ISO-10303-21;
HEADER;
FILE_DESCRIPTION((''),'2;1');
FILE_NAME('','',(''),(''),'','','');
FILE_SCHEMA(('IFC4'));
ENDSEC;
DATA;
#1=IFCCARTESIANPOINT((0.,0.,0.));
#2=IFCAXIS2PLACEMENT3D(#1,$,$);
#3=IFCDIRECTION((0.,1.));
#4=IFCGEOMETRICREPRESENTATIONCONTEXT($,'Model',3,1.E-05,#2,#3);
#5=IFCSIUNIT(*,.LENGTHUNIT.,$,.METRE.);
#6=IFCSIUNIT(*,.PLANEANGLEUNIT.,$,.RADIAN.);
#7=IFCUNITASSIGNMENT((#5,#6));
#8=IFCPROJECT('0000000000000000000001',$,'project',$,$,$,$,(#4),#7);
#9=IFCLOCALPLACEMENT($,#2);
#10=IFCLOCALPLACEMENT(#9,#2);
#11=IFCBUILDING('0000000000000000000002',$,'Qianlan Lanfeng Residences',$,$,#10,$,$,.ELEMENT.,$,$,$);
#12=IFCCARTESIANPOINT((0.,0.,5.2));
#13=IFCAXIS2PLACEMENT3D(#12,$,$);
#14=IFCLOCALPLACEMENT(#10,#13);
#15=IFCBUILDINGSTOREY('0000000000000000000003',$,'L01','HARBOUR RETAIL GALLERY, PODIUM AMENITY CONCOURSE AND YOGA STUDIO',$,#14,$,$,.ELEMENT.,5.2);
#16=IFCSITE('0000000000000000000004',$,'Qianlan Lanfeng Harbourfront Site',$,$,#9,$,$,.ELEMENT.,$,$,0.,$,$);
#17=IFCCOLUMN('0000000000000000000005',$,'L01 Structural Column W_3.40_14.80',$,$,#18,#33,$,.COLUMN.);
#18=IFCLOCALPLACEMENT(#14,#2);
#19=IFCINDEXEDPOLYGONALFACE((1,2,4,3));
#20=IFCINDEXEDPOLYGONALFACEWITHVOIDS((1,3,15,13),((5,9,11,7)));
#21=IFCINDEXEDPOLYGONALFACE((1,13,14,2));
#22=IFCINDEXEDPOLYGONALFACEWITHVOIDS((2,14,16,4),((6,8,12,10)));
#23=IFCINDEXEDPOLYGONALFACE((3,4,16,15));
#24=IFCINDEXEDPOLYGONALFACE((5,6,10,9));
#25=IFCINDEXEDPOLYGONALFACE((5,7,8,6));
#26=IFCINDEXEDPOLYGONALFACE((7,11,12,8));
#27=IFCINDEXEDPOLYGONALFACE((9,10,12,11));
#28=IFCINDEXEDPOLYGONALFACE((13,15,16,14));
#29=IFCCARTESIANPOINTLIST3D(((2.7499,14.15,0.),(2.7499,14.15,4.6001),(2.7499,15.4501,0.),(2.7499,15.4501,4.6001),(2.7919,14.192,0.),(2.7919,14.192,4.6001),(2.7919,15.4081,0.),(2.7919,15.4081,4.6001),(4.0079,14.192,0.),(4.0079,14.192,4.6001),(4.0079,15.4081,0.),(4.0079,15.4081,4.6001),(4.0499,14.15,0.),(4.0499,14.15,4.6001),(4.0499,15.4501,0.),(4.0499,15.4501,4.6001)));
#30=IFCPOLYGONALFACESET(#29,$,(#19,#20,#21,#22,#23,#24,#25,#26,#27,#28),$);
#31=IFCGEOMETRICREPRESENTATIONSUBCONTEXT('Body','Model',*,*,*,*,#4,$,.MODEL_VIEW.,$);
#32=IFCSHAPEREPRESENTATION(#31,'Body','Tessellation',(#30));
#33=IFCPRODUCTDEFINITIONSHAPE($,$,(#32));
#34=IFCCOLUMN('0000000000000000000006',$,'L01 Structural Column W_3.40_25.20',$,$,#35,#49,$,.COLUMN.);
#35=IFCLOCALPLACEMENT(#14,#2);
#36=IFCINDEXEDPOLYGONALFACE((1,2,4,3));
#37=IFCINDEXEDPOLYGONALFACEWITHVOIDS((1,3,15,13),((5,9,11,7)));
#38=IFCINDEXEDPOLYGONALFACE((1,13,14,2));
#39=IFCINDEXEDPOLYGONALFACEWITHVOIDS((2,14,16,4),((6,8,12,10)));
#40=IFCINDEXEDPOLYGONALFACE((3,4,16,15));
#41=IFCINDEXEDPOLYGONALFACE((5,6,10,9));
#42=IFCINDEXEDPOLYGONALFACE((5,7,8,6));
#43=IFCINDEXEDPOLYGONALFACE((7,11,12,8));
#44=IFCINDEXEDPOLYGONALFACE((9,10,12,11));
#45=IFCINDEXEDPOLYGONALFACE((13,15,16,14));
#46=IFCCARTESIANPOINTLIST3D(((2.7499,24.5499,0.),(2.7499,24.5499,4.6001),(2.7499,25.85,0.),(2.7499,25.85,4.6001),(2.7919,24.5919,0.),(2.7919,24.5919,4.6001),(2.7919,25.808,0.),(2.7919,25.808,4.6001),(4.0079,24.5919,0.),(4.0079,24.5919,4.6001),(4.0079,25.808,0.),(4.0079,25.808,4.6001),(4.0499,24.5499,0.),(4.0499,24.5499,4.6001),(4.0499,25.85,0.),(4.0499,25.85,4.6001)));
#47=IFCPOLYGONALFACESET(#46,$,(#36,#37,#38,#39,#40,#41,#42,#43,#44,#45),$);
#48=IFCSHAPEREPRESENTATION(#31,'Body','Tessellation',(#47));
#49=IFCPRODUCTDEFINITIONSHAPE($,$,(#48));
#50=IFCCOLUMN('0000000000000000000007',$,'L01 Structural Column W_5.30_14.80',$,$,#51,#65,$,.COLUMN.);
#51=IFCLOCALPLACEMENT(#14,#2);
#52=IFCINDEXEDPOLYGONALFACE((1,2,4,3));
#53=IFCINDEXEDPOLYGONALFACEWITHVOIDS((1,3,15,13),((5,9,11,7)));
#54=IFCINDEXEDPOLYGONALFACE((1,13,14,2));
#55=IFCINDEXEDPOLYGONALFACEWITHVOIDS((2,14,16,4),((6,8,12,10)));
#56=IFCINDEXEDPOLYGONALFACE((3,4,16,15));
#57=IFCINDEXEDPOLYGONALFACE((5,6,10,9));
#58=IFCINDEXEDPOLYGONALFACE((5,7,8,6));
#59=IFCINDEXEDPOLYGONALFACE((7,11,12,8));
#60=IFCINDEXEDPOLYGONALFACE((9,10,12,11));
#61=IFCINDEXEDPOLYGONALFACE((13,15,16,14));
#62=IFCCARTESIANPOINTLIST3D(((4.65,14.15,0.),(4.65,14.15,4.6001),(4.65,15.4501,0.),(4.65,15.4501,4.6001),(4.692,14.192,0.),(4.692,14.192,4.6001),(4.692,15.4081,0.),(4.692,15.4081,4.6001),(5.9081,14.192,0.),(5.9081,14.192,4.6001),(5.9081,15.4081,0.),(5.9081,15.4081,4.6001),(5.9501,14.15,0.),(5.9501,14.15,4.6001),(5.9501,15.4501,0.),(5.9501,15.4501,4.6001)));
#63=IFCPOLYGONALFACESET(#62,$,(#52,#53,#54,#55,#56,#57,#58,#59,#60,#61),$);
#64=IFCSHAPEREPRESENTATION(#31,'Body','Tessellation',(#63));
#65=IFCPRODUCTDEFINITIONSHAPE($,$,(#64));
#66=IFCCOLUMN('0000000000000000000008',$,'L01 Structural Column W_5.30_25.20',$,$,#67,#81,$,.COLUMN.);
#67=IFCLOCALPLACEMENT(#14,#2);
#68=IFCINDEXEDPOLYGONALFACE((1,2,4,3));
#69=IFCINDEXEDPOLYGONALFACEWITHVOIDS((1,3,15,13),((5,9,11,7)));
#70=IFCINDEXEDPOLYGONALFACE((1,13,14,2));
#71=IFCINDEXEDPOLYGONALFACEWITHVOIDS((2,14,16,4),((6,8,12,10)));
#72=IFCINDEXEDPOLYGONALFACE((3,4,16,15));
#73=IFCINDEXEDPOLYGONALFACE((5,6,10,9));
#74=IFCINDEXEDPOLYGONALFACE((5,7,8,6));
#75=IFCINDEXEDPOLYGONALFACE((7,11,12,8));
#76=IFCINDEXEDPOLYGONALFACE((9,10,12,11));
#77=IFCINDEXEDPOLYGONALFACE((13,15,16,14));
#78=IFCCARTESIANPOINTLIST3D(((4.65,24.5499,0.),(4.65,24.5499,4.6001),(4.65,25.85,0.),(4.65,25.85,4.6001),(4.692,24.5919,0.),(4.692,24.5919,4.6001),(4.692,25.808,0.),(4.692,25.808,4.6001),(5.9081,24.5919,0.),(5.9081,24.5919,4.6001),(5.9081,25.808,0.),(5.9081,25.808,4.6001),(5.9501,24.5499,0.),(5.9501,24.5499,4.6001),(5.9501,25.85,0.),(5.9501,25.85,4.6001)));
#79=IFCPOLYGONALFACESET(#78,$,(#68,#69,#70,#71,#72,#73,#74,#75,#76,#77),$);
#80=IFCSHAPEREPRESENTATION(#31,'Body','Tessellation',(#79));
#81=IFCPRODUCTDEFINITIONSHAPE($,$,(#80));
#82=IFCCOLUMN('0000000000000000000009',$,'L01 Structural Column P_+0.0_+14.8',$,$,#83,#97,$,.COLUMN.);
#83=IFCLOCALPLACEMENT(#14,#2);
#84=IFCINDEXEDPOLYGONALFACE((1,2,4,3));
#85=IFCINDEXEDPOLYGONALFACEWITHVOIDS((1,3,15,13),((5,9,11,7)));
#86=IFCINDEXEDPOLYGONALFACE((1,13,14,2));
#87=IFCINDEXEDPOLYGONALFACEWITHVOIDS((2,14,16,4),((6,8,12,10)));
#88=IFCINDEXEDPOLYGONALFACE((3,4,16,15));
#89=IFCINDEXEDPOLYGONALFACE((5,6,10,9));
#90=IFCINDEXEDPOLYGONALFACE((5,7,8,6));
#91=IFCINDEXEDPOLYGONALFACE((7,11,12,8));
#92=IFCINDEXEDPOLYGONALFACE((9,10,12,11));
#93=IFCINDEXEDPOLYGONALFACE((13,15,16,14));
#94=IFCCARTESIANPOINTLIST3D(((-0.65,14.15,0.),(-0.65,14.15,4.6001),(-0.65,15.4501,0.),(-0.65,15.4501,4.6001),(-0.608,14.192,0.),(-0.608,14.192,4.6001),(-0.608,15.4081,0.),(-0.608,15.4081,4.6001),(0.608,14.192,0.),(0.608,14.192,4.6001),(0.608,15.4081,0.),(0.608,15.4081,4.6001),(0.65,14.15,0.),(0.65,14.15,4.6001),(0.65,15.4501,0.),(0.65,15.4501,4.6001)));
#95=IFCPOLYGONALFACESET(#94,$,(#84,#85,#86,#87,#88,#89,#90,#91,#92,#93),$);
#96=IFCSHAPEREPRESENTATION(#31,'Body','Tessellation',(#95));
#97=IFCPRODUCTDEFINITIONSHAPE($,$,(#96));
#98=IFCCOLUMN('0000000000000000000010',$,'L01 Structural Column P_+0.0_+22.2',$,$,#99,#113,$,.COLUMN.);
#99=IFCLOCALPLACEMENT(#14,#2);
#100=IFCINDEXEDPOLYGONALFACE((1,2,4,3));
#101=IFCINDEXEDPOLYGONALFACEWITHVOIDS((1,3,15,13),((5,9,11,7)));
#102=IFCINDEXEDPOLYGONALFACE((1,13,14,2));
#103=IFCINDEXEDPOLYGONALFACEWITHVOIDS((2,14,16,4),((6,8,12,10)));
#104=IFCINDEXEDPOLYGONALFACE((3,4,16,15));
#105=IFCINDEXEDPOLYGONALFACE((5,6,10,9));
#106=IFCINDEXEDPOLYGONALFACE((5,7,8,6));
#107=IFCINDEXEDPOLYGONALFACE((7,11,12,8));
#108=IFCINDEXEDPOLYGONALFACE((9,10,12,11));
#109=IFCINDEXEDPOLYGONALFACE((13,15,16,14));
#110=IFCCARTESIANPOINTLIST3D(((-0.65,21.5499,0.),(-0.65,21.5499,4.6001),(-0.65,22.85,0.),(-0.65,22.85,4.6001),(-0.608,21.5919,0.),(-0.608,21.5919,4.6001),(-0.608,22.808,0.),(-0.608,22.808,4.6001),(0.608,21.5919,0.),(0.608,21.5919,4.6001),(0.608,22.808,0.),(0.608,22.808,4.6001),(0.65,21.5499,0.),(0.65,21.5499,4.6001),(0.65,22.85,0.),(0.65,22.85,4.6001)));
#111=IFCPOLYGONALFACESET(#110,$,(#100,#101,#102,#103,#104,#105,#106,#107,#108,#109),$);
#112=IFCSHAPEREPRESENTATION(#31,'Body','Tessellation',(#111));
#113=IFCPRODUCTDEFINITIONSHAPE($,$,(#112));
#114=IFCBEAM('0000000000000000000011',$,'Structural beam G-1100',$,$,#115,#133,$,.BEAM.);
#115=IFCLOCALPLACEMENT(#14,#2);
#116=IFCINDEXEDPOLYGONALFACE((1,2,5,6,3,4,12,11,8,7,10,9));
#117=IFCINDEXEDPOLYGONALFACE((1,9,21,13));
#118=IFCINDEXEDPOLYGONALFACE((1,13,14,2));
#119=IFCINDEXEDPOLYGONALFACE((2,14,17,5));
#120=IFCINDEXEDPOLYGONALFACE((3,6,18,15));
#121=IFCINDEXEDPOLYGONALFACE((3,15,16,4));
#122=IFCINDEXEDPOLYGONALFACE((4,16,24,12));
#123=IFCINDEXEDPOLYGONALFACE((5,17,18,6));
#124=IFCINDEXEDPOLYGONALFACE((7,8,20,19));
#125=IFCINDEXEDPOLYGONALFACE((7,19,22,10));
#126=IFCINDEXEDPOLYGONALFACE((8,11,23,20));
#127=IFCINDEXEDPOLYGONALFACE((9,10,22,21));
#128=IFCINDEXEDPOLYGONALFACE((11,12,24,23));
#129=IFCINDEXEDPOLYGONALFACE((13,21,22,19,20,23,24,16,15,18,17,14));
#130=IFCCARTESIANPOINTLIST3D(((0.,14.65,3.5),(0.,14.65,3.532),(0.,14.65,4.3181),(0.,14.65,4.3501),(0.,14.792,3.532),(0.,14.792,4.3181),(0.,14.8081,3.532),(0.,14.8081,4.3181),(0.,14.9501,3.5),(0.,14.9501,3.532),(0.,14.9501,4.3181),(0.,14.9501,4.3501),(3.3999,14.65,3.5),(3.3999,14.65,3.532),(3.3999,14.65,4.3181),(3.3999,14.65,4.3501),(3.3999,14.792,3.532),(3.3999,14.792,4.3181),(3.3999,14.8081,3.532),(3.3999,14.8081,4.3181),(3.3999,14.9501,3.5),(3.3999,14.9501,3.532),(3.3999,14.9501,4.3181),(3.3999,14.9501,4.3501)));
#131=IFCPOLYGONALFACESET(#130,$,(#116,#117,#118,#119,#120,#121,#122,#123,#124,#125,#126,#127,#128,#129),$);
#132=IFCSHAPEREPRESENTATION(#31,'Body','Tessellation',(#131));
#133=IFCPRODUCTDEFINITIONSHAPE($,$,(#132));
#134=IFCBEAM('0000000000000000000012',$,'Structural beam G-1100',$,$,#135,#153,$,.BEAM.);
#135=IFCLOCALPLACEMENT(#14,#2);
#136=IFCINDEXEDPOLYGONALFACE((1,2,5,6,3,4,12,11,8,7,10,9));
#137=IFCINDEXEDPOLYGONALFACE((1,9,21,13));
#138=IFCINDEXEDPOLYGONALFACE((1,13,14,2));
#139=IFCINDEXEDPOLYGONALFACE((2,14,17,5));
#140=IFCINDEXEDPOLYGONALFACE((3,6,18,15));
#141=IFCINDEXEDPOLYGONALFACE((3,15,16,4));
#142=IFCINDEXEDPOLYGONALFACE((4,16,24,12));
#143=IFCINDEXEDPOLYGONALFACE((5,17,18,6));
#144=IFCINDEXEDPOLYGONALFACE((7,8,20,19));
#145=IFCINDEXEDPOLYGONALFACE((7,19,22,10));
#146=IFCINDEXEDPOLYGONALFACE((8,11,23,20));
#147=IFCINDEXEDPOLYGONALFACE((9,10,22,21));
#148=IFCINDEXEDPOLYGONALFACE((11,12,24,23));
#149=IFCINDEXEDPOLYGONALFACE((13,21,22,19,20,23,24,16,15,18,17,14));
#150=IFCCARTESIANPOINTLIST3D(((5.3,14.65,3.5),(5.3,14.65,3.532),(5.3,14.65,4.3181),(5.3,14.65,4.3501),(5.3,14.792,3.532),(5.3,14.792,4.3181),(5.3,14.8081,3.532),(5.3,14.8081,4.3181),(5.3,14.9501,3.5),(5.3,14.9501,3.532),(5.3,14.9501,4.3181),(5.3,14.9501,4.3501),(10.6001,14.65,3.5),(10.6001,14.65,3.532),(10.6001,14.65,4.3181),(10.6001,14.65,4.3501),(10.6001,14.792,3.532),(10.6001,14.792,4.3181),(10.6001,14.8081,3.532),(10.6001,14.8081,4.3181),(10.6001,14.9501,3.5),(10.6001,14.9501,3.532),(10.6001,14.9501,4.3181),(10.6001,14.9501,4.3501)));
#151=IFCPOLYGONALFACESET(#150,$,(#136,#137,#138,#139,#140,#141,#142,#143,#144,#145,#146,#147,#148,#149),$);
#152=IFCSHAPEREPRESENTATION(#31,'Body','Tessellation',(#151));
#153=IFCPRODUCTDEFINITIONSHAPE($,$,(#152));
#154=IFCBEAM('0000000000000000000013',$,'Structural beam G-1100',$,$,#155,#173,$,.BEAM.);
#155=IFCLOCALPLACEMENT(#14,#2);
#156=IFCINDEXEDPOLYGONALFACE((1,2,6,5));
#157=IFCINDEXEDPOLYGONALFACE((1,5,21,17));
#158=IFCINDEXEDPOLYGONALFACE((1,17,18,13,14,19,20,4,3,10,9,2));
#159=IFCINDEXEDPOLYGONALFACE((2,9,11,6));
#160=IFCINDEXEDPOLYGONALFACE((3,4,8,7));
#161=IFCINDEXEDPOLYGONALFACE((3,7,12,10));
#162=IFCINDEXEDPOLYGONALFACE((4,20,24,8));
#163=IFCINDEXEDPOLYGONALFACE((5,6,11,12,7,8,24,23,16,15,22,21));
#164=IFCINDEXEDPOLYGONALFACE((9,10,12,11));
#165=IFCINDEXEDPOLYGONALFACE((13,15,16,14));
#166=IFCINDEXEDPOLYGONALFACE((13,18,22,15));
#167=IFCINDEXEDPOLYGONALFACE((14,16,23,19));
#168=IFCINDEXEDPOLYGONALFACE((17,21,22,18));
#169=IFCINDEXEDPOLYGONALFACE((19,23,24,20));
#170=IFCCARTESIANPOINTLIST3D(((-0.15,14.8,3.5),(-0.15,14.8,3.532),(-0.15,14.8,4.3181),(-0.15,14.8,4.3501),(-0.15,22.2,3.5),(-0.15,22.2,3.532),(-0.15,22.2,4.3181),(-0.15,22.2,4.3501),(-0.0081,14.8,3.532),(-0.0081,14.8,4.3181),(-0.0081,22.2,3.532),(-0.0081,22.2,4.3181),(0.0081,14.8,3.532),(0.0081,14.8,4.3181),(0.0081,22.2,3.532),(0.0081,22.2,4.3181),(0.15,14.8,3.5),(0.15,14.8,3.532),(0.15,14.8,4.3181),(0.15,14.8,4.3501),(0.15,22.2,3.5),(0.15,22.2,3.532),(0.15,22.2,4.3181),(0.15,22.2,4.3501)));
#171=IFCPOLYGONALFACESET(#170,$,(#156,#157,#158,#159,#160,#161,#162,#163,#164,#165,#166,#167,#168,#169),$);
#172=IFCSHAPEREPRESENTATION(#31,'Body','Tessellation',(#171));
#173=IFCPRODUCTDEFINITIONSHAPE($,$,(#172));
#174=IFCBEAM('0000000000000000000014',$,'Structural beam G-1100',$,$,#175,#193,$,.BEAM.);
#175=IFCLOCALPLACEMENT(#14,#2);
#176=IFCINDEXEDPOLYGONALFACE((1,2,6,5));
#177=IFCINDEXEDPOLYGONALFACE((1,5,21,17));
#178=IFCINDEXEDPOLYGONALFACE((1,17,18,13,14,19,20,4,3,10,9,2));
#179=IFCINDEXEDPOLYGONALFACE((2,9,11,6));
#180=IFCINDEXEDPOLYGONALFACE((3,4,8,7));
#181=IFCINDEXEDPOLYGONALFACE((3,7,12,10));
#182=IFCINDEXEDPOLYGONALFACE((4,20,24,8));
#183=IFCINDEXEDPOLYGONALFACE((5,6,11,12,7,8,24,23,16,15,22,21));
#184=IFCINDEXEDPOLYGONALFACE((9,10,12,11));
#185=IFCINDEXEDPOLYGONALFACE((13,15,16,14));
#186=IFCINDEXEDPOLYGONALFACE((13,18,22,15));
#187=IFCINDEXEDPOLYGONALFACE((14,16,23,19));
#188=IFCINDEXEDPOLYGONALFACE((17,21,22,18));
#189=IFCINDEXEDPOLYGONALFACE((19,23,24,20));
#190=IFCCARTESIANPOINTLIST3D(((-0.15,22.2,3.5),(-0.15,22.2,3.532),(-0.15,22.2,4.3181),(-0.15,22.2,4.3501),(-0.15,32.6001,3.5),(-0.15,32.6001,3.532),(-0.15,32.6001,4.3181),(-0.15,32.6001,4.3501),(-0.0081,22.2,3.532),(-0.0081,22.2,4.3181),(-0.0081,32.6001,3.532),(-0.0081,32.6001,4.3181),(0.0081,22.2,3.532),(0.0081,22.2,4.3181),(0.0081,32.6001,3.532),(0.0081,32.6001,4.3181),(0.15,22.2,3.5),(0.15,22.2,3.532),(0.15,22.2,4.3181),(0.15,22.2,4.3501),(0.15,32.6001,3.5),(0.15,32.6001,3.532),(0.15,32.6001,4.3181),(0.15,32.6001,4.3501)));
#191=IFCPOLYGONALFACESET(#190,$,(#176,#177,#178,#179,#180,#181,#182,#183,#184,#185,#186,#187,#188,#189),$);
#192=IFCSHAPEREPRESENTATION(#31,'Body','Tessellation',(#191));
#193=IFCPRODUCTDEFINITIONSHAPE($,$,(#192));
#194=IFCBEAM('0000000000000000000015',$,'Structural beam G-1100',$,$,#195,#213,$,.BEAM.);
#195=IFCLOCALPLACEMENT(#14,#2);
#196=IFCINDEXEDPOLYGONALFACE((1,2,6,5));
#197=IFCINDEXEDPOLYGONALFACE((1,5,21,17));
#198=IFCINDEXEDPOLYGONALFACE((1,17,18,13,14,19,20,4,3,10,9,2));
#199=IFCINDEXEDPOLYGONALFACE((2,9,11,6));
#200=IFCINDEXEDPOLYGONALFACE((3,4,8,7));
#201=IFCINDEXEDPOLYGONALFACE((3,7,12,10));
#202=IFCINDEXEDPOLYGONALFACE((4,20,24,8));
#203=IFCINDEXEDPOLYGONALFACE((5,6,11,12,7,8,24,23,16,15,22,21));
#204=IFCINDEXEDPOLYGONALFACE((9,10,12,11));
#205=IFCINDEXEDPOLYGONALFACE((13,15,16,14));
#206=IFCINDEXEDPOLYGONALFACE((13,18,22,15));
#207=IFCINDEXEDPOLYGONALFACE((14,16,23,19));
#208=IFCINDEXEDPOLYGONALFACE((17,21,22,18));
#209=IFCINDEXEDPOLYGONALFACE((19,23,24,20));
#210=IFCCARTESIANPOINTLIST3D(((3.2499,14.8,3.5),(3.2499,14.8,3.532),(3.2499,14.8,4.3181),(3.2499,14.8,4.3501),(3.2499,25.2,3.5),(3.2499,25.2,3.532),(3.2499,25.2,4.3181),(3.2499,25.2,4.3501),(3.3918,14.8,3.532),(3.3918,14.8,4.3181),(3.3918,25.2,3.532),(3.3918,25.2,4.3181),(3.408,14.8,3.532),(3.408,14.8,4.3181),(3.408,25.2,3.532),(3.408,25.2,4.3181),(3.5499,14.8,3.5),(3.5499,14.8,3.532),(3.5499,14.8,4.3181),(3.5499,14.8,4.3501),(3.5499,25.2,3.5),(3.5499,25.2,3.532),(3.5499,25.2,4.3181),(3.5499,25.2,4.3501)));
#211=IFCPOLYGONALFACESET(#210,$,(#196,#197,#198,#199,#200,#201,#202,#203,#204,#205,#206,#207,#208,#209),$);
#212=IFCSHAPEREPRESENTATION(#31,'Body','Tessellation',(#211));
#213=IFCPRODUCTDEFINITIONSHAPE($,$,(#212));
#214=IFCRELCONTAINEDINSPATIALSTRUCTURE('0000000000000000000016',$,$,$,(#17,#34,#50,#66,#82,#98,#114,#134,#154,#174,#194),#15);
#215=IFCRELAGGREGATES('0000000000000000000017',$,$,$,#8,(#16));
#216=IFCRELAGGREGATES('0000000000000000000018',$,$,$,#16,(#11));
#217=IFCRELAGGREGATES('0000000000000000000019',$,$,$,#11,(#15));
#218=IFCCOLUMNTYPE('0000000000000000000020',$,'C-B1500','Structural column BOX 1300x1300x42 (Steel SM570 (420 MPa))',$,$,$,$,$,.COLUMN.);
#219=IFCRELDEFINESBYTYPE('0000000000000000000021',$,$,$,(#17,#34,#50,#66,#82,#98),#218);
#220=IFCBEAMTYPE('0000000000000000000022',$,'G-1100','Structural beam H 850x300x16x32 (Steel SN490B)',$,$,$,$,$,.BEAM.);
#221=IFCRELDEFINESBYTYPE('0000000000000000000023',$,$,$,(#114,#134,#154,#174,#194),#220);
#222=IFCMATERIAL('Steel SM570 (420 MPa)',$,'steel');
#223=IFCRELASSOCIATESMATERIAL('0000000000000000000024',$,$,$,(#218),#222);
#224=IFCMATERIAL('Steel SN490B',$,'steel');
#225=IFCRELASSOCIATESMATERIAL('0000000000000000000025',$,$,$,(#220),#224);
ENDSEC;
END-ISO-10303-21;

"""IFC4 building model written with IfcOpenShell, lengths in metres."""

from ifc_helpers import new_model, si_unit, direction, frame, origin, origin_2d, place, context, subcontext, project, spatial, hollow_rectangle, i_section, extrude, material, material_profile, profile_set, type_object, element, save


model = new_model("IFC4")

# Units and contexts
model_context = context("Model", 3, precision=1e-05, world=origin(), true_north=direction((0.0, 1.0)))
body_context = subcontext(model_context, "Body", "Model", "MODEL_VIEW")
ifc_project = project(units=[si_unit("LENGTHUNIT", "METRE"), si_unit("PLANEANGLEUNIT", "RADIAN")], contexts=[model_context])

# Site, building, storey
site_placement = place(None, origin())
site = spatial("IfcSite", under=ifc_project, at=site_placement, Name="Qianlan Lanfeng Harbourfront Site", CompositionType="ELEMENT", RefElevation=0.0)
building_placement = place(site_placement, origin())
building = spatial("IfcBuilding", under=site, at=building_placement, Name="Qianlan Lanfeng Residences", CompositionType="ELEMENT")
storey_placement = place(building_placement, frame((0.0, 0.0, 5.2)))
storey = spatial("IfcBuildingStorey", under=building, at=storey_placement, Name="L01", Description="HARBOUR RETAIL GALLERY, PODIUM AMENITY CONCOURSE AND YOGA STUDIO", CompositionType="ELEMENT", Elevation=5.2)

# Columns
ifc_material_1 = material(Name="Steel SM570 (420 MPa)", Category="steel")
ifc_material_profile_1 = material_profile(ifc_material_1, hollow_rectangle(XDim=1.3, YDim=1.3, WallThickness=0.042, at=origin_2d()), Name="BOX 1300x1300x42")
ifc_profile_set_1 = profile_set([ifc_material_profile_1], Name="Steel SM570 (420 MPa)")
column_type = type_object("IfcColumnType", Name="C-B1500", Description="Structural column BOX 1300x1300x42 (Steel SM570 (420 MPa))", PredefinedType="COLUMN", material=ifc_profile_set_1)
for number, where, z_axis, x_axis, name in (
    (1, (3.3999, 14.8, 0.0), (0.0, 0.0, 1.0), (1.0, 0.0, 0.0), "L01 Structural Column W_3.40_14.80"),
    (2, (3.3999, 25.2, 0.0), (0.0, 0.0, 1.0), (1.0, 0.0, 0.0), "L01 Structural Column W_3.40_25.20"),
    (3, (5.3, 14.8, 0.0), (0.0, 0.0, 1.0), (1.0, 0.0, 0.0), "L01 Structural Column W_5.30_14.80"),
    (4, (5.3, 25.2, 0.0), (0.0, 0.0, 1.0), (1.0, 0.0, 0.0), "L01 Structural Column W_5.30_25.20"),
    (5, (0.0, 14.8, 0.0), (0.0, 0.0, 1.0), (1.0, 0.0, 0.0), "L01 Structural Column P_+0.0_+14.8"),
    (6, (0.0, 22.2, 0.0), (0.0, 0.0, 1.0), (1.0, 0.0, 0.0), "L01 Structural Column P_+0.0_+22.2"),
):
    element("IfcColumn", number, at=place(storey_placement, frame(where, z_axis=z_axis, x_axis=x_axis)), inside=storey, type_object=column_type, Name=name, PredefinedType="COLUMN", context=body_context, shape_type="SweptSolid", body=[
        extrude(hollow_rectangle(XDim=1.3, YDim=1.3, WallThickness=0.042, at=origin_2d()), origin(), (0.0, 0.0, 1.0), 4.6001),
    ])

# Beams
ifc_material_2 = material(Name="Steel SN490B", Category="steel")
ifc_material_profile_2 = material_profile(ifc_material_2, i_section(OverallWidth=0.3, OverallDepth=0.8501, WebThickness=0.0161, FlangeThickness=0.032, at=origin_2d()), Name="H 850x300x16x32")
ifc_profile_set_2 = profile_set([ifc_material_profile_2], Name="Steel SN490B")
beam_type_1 = type_object("IfcBeamType", Name="G-1100", Description="Structural beam H 850x300x16x32 (Steel SN490B)", PredefinedType="BEAM", material=ifc_profile_set_2)
beam_1_placement = place(storey_placement, frame((0.0, 14.8, 3.925), z_axis=(1.0, 0.0, 0.0), x_axis=(0.0, 1.0, 0.0)))
element("IfcBeam", 7, at=beam_1_placement, inside=storey, type_object=beam_type_1, Name="Structural beam G-1100", PredefinedType="BEAM", context=body_context, shape_type="SweptSolid", body=[
    extrude(i_section(OverallWidth=0.3, OverallDepth=0.8501, WebThickness=0.0161, FlangeThickness=0.032, at=origin_2d()), origin(), (0.0, 0.0, 1.0), 3.3999),
])
beam_2_placement = place(storey_placement, frame((5.3, 14.8, 3.925), z_axis=(1.0, 0.0, 0.0), x_axis=(0.0, 1.0, 0.0)))
element("IfcBeam", 8, at=beam_2_placement, inside=storey, type_object=beam_type_1, Name="Structural beam G-1100", PredefinedType="BEAM", context=body_context, shape_type="SweptSolid", body=[
    extrude(i_section(OverallWidth=0.3, OverallDepth=0.8501, WebThickness=0.0161, FlangeThickness=0.032, at=origin_2d()), origin(), (0.0, 0.0, 1.0), 5.3),
])
beam_3_placement = place(storey_placement, frame((0.0, 14.8, 3.925), z_axis=(0.0, 1.0, 0.0), x_axis=(-1.0, 0.0, 0.0)))
element("IfcBeam", 9, at=beam_3_placement, inside=storey, type_object=beam_type_1, Name="Structural beam G-1100", PredefinedType="BEAM", context=body_context, shape_type="SweptSolid", body=[
    extrude(i_section(OverallWidth=0.3, OverallDepth=0.8501, WebThickness=0.0161, FlangeThickness=0.032, at=origin_2d()), origin(), (0.0, 0.0, 1.0), 7.3999),
])
beam_4_placement = place(storey_placement, frame((0.0, 22.2, 3.925), z_axis=(0.0, 1.0, 0.0), x_axis=(-1.0, 0.0, 0.0)))
element("IfcBeam", 10, at=beam_4_placement, inside=storey, type_object=beam_type_1, Name="Structural beam G-1100", PredefinedType="BEAM", context=body_context, shape_type="SweptSolid", body=[
    extrude(i_section(OverallWidth=0.3, OverallDepth=0.8501, WebThickness=0.0161, FlangeThickness=0.032, at=origin_2d()), origin(), (0.0, 0.0, 1.0), 10.4001),
])
beam_5_placement = place(storey_placement, frame((3.3999, 14.8, 3.925), z_axis=(0.0, 1.0, 0.0), x_axis=(-1.0, 0.0, 0.0)))
element("IfcBeam", 11, at=beam_5_placement, inside=storey, type_object=beam_type_1, Name="Structural beam G-1100", PredefinedType="BEAM", context=body_context, shape_type="SweptSolid", body=[
    extrude(i_section(OverallWidth=0.3, OverallDepth=0.8501, WebThickness=0.0161, FlangeThickness=0.032, at=origin_2d()), origin(), (0.0, 0.0, 1.0), 10.3999),
])

save(model, "model.ifc")
